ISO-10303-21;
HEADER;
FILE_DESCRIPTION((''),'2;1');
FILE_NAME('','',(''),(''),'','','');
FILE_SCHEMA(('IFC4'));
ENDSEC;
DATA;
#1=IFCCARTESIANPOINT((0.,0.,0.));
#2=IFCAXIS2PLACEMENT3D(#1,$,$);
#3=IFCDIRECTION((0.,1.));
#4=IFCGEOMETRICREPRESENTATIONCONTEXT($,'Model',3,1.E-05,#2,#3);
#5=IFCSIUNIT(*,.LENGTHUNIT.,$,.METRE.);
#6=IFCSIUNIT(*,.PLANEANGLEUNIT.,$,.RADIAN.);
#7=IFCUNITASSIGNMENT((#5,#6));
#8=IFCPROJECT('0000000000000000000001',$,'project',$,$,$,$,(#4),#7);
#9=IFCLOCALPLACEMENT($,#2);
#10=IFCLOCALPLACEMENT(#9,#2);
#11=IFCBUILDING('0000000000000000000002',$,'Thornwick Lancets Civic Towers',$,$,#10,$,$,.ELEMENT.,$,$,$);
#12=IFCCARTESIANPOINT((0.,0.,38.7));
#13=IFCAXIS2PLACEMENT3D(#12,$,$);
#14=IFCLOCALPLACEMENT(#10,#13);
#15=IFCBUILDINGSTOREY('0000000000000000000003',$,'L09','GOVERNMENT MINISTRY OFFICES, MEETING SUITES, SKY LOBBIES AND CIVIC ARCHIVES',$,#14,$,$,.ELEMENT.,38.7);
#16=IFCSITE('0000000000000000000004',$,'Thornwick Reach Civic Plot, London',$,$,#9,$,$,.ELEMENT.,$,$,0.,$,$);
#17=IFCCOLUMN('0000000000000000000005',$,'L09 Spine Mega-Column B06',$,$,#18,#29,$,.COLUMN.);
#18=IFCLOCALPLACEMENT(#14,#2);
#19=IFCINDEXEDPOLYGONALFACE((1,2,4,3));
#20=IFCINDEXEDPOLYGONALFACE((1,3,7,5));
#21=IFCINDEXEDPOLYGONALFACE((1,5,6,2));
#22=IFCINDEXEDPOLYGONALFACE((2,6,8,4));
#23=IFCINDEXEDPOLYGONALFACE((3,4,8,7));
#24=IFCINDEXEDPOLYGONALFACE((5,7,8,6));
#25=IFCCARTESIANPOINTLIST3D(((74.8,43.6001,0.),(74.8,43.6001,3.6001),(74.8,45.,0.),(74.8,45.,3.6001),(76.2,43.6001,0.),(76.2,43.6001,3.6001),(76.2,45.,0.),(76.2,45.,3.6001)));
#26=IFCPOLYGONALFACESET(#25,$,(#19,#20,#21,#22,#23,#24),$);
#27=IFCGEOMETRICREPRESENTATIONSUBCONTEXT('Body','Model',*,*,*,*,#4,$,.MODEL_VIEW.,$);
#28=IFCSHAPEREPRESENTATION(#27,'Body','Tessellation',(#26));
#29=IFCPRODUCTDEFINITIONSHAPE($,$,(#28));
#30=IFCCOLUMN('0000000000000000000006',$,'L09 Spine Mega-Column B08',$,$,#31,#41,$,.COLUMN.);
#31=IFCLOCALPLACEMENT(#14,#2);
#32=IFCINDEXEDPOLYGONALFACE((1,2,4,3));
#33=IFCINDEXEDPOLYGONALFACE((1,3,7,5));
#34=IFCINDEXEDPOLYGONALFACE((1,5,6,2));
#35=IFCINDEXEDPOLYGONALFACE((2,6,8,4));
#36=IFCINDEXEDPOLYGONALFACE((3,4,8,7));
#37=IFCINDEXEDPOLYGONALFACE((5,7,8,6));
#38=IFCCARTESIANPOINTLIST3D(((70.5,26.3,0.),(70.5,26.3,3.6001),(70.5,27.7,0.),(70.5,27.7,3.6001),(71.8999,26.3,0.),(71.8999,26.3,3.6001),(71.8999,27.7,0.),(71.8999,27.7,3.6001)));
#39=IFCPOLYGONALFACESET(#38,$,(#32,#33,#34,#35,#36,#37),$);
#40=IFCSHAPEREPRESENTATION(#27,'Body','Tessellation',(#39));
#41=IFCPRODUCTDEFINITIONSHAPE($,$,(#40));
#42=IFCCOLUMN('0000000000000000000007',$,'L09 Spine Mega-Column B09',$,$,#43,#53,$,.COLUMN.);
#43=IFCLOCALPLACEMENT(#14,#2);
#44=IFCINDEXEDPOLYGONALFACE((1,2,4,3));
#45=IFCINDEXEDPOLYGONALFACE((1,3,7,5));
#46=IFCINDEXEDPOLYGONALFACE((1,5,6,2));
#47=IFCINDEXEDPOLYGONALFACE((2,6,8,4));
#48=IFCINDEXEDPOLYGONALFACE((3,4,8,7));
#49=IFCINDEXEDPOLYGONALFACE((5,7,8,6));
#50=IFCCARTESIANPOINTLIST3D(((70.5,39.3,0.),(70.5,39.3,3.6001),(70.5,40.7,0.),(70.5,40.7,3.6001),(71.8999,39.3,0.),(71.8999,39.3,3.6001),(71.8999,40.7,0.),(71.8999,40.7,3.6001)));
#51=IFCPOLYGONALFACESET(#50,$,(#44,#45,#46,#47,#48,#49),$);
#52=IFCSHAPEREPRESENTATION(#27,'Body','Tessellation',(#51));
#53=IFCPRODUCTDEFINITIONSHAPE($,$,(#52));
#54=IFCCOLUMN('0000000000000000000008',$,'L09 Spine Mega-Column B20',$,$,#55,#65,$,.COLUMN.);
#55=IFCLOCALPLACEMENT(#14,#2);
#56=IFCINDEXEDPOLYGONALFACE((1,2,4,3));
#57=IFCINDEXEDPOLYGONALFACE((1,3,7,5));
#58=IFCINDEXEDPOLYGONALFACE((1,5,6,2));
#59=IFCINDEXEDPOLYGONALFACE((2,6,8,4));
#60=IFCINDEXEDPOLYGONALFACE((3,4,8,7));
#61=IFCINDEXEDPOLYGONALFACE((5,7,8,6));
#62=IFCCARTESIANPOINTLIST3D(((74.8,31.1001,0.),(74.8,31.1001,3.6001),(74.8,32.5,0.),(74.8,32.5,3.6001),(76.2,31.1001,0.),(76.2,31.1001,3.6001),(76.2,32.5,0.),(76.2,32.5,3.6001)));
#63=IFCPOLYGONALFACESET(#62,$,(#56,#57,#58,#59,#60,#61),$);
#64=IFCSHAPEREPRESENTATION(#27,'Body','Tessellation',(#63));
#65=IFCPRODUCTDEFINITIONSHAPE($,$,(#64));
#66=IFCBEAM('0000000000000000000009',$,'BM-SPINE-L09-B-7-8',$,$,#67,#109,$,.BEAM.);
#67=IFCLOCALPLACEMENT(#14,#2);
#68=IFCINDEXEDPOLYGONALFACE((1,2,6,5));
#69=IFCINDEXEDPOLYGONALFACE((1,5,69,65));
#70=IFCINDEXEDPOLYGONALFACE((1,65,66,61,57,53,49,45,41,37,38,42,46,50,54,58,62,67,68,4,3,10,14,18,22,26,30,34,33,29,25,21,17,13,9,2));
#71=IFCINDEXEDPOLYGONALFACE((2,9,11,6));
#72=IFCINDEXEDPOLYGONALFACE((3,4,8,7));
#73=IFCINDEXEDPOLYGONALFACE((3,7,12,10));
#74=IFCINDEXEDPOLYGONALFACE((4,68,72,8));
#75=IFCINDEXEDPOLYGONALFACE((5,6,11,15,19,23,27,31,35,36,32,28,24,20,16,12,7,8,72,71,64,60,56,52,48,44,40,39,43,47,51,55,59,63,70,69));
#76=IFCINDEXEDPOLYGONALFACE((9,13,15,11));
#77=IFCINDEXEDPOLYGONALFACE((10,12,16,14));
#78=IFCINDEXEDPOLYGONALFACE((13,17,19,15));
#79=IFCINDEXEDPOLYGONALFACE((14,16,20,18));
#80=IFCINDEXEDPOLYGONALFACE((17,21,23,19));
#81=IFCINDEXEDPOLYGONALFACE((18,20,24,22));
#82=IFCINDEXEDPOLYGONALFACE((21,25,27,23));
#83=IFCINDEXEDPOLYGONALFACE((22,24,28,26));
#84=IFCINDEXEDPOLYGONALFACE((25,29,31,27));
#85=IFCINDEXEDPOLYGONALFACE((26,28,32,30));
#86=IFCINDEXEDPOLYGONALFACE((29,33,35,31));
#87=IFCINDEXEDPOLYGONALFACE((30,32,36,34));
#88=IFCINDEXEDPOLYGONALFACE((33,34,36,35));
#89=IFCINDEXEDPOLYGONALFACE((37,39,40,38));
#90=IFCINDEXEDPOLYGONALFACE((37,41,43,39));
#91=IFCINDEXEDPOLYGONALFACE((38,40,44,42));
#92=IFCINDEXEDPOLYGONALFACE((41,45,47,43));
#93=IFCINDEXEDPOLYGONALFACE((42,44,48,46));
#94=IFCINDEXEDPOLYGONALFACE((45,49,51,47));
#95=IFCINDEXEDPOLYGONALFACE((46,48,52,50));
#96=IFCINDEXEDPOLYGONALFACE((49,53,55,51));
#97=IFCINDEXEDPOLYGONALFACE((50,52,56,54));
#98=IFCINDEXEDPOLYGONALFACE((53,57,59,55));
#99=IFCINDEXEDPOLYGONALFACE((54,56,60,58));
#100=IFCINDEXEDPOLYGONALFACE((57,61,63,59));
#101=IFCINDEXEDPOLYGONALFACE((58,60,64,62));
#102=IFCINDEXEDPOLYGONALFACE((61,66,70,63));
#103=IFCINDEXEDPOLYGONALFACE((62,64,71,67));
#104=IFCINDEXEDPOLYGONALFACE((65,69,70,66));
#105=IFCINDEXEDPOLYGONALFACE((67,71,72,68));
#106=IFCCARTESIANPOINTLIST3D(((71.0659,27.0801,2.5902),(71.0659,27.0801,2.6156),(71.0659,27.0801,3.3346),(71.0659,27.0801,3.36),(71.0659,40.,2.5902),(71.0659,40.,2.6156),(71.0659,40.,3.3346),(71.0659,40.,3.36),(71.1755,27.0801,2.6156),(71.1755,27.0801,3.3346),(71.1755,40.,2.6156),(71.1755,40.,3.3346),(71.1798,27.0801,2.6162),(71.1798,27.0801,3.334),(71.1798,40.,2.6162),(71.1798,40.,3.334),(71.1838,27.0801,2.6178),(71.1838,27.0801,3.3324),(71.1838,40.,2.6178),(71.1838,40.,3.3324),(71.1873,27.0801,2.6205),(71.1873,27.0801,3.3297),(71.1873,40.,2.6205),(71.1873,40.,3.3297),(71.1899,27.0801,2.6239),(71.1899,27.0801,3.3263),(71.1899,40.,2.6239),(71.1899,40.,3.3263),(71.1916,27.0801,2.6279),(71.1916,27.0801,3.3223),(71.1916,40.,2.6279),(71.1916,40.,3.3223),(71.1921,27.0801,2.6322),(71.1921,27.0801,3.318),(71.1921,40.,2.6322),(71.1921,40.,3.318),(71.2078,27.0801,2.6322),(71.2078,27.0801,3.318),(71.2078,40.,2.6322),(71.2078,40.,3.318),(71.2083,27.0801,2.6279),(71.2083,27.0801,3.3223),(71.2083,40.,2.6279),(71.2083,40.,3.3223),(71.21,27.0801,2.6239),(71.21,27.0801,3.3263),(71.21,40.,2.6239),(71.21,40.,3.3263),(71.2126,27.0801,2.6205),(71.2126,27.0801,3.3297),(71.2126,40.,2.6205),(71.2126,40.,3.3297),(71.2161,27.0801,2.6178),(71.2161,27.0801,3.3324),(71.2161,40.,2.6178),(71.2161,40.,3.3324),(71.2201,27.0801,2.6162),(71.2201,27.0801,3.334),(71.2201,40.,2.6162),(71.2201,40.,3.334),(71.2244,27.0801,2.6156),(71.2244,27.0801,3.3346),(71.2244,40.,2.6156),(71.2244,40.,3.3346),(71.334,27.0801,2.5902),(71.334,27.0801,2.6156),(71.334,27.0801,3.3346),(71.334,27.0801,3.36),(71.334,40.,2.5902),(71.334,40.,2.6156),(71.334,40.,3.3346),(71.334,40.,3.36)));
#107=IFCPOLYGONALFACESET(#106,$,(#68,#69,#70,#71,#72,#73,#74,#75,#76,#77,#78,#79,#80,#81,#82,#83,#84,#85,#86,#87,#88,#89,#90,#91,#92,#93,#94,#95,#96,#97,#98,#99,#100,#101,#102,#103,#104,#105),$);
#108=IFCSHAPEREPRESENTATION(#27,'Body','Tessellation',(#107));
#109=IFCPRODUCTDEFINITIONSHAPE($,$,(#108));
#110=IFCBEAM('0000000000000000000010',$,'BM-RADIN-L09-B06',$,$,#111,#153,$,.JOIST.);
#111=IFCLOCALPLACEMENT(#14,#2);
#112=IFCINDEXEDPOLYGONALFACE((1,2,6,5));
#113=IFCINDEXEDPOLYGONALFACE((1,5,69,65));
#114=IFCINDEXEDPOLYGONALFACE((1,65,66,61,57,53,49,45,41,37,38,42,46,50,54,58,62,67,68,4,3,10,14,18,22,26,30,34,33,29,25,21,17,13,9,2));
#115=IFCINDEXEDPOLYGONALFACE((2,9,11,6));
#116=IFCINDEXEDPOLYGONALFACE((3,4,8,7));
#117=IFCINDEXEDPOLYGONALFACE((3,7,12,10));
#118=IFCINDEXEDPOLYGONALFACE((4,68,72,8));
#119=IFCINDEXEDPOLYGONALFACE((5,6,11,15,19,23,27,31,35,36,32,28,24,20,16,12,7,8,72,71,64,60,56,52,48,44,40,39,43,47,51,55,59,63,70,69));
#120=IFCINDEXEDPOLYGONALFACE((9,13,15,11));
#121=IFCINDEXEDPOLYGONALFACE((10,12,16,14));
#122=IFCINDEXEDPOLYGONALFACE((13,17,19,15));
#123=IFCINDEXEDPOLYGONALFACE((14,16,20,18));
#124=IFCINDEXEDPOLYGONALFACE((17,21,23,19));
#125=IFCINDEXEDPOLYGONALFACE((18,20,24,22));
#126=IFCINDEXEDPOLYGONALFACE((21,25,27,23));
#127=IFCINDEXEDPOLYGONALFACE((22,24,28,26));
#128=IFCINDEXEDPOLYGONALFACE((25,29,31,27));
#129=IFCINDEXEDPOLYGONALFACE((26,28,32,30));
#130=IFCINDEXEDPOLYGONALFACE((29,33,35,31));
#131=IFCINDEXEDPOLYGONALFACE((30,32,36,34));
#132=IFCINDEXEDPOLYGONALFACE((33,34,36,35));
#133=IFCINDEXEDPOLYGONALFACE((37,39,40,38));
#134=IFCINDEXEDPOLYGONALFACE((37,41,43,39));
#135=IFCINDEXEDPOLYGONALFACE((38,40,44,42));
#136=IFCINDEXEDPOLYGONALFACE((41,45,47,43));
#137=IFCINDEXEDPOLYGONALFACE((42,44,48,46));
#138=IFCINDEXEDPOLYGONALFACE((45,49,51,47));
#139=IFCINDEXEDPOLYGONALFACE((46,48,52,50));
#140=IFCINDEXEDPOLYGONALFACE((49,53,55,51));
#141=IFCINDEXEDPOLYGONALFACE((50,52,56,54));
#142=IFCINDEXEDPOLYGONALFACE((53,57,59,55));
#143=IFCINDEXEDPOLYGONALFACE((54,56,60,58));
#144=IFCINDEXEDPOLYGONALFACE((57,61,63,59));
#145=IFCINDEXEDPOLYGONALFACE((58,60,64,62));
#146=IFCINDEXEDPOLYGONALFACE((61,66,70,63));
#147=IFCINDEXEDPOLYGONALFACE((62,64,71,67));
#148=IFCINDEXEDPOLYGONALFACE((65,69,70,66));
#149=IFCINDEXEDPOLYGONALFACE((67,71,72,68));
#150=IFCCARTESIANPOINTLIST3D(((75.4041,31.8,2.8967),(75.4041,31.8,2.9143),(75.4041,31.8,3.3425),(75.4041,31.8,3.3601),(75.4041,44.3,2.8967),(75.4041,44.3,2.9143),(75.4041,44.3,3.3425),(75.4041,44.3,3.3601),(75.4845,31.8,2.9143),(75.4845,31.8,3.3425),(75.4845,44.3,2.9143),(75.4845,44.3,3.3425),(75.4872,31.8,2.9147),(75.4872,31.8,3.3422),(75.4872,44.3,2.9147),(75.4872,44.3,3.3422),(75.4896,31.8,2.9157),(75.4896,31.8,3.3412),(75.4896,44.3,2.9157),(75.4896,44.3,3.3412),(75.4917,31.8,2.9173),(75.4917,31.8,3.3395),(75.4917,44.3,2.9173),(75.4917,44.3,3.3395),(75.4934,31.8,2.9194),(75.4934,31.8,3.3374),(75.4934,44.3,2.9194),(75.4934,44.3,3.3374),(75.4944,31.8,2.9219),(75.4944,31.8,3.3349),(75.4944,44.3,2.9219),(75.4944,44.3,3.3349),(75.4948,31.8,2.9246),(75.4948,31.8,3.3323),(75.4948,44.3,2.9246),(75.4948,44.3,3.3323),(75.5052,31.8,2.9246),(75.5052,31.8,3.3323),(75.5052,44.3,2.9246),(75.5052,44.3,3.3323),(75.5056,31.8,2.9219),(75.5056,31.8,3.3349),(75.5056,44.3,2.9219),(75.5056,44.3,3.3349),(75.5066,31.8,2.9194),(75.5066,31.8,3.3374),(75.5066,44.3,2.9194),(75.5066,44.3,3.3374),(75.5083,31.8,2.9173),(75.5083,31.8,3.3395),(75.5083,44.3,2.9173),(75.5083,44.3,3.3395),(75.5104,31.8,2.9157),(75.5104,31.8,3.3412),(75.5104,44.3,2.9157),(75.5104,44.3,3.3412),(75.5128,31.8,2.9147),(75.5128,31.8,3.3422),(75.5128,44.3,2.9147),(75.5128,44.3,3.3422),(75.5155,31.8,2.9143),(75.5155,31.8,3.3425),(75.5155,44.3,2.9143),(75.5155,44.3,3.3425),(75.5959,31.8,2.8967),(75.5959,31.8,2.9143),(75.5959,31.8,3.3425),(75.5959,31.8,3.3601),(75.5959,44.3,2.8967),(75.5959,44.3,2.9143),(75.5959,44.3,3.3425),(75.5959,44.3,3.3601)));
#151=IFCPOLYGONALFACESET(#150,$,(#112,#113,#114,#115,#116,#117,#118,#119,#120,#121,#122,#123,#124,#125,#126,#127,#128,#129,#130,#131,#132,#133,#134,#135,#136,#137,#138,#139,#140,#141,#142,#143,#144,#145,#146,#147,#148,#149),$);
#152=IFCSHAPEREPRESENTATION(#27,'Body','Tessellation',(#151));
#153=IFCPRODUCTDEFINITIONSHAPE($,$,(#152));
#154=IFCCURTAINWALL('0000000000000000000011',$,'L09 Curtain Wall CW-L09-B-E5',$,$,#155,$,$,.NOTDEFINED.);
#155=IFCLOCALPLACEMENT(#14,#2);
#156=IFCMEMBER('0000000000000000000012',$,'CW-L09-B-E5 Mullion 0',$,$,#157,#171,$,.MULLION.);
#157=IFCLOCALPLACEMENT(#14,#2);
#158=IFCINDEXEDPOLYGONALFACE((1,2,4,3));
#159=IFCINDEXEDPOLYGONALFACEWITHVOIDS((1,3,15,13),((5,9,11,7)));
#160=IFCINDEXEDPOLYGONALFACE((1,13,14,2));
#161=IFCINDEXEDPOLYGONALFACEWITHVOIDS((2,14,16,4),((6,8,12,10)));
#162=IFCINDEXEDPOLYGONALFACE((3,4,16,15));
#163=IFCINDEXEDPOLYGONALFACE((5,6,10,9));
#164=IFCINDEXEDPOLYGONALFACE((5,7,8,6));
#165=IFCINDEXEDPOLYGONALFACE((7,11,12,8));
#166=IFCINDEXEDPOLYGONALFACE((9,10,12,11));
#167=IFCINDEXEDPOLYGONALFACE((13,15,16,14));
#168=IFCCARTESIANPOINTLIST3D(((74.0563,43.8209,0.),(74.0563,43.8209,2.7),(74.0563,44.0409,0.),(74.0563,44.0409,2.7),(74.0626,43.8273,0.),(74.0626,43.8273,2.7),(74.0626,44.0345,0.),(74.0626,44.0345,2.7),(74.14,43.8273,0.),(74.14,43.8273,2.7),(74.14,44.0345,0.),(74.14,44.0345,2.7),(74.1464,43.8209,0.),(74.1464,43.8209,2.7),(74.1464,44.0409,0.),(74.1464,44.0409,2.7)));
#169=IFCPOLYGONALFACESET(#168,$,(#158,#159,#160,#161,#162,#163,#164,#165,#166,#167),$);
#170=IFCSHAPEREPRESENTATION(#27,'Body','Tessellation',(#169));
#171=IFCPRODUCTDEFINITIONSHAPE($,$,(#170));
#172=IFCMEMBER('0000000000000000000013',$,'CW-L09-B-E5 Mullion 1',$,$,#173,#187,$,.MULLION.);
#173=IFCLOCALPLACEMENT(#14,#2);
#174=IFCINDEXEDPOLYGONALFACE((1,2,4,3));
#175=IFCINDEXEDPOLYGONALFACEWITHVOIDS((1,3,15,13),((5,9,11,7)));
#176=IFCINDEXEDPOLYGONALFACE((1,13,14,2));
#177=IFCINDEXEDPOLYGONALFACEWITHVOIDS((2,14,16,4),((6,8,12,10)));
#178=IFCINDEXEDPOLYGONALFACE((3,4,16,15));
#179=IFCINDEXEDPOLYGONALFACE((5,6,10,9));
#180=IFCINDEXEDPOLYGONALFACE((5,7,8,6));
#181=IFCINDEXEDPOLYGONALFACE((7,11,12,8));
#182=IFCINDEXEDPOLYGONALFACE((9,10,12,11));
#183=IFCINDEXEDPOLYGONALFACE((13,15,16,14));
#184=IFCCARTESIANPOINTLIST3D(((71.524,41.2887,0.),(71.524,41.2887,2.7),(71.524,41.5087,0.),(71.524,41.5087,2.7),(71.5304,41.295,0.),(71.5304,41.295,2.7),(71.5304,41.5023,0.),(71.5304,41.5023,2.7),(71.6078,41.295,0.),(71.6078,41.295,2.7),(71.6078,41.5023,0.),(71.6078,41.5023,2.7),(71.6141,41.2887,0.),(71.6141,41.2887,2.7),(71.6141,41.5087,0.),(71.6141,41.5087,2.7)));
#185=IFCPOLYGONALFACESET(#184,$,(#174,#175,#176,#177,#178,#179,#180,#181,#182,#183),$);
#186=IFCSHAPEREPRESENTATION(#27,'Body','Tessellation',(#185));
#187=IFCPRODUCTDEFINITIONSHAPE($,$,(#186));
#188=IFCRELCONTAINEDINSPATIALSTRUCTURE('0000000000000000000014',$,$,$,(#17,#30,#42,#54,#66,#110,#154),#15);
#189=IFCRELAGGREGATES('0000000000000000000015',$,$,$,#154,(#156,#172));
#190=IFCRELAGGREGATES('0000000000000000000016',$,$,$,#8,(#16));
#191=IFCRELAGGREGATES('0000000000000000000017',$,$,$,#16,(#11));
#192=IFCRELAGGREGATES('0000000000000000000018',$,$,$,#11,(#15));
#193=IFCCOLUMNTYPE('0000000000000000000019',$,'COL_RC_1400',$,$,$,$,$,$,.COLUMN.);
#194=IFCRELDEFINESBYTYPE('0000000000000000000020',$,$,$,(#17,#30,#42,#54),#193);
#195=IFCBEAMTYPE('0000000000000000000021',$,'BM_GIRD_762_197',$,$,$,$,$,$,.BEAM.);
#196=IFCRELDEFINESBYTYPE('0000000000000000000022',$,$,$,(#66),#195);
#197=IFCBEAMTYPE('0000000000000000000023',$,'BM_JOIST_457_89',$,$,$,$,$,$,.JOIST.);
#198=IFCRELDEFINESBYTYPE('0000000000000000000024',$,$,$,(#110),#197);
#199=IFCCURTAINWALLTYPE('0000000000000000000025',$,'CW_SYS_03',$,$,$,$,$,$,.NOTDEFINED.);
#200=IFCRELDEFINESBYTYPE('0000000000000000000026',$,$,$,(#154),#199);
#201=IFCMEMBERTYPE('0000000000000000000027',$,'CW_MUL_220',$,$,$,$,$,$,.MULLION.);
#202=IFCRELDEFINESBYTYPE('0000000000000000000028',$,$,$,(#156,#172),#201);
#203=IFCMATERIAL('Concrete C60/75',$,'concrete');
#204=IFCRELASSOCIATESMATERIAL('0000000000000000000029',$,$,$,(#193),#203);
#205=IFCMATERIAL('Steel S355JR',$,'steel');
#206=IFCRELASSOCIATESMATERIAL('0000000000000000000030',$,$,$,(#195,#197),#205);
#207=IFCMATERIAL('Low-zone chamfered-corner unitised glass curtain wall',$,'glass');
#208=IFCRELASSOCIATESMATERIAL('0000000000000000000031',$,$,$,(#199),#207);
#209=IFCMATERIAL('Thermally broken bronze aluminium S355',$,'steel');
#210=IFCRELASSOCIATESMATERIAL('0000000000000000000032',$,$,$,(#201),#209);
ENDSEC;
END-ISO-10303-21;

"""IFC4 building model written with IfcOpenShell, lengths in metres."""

from ifc_helpers import new_model, si_unit, direction, frame, origin, origin_2d, place, context, subcontext, project, spatial, rectangle, hollow_rectangle, i_section, extrude, material, material_profile, profile_set, type_object, element, aggregate, save


model = new_model("IFC4")

# Units and contexts
model_context = context("Model", 3, precision=1e-05, world=origin(), true_north=direction((0.0, 1.0)))
body_context = subcontext(model_context, "Body", "Model", "MODEL_VIEW")
ifc_project = project(units=[si_unit("LENGTHUNIT", "METRE"), si_unit("PLANEANGLEUNIT", "RADIAN")], contexts=[model_context])

# Site, building, storey
site_placement = place(None, origin())
site = spatial("IfcSite", under=ifc_project, at=site_placement, Name="Thornwick Reach Civic Plot, London", CompositionType="ELEMENT", RefElevation=0.0)
building_placement = place(site_placement, origin())
building = spatial("IfcBuilding", under=site, at=building_placement, Name="Thornwick Lancets Civic Towers", CompositionType="ELEMENT")
storey_placement = place(building_placement, frame((0.0, 0.0, 38.7)))
storey = spatial("IfcBuildingStorey", under=building, at=storey_placement, Name="L09", Description="GOVERNMENT MINISTRY OFFICES, MEETING SUITES, SKY LOBBIES AND CIVIC ARCHIVES", CompositionType="ELEMENT", Elevation=38.7)

# Columns
ifc_material_1 = material(Name="Concrete C60/75", Category="concrete")
ifc_material_profile_1 = material_profile(ifc_material_1, rectangle(XDim=1.3999, YDim=1.3999, at=origin_2d()), Name="RC 1400x1400")
ifc_profile_set_1 = profile_set([ifc_material_profile_1], Name="Concrete C60/75")
column_type = type_object("IfcColumnType", Name="COL_RC_1400", PredefinedType="COLUMN", material=ifc_profile_set_1)
for number, where, z_axis, x_axis, name in (
    (1, (75.5, 44.3, 0.0), (0.0, 0.0, 1.0), (1.0, 0.0, 0.0), "L09 Spine Mega-Column B06"),
    (2, (71.2, 27.0, 0.0), (0.0, 0.0, 1.0), (1.0, 0.0, 0.0), "L09 Spine Mega-Column B08"),
    (3, (71.2, 40.0, 0.0), (0.0, 0.0, 1.0), (1.0, 0.0, 0.0), "L09 Spine Mega-Column B09"),
    (4, (75.5, 31.8, 0.0), (0.0, 0.0, 1.0), (1.0, 0.0, 0.0), "L09 Spine Mega-Column B20"),
):
    element("IfcColumn", number, at=place(storey_placement, frame(where, z_axis=z_axis, x_axis=x_axis)), inside=storey, type_object=column_type, Name=name, PredefinedType="COLUMN", context=body_context, shape_type="SweptSolid", body=[
        extrude(rectangle(XDim=1.3999, YDim=1.3999, at=origin_2d()), origin(), (0.0, 0.0, 1.0), 3.6001),
    ])

# Beams
ifc_material_2 = material(Name="Steel S355JR", Category="steel")
ifc_material_profile_2 = material_profile(ifc_material_2, i_section(OverallWidth=0.2681, OverallDepth=0.7698, WebThickness=0.0156, FlangeThickness=0.0254, FilletRadius=0.0166, at=origin_2d()), Name="UKB 762x267x197")
ifc_profile_set_2 = profile_set([ifc_material_profile_2], Name="Steel S355JR")
beam_type_1 = type_object("IfcBeamType", Name="BM_GIRD_762_197", PredefinedType="BEAM", material=ifc_profile_set_2)
beam_1_placement = place(storey_placement, frame((71.2, 27.0801, 2.9751), z_axis=(0.0, 1.0, 0.0), x_axis=(-1.0, 0.0, 0.0)))
element("IfcBeam", 5, at=beam_1_placement, inside=storey, type_object=beam_type_1, Name="BM-SPINE-L09-B-7-8", PredefinedType="BEAM", context=body_context, shape_type="SweptSolid", body=[
    extrude(i_section(OverallWidth=0.2681, OverallDepth=0.7698, WebThickness=0.0156, FlangeThickness=0.0254, FilletRadius=0.0166, at=origin_2d()), origin(), (0.0, 0.0, 1.0), 12.9199),
])
ifc_material_profile_3 = material_profile(ifc_material_2, i_section(OverallWidth=0.1919, OverallDepth=0.4634, WebThickness=0.0105, FlangeThickness=0.0176, FilletRadius=0.0103, at=origin_2d()), Name="UKB 457x191x89")
ifc_profile_set_3 = profile_set([ifc_material_profile_3], Name="Steel S355JR")
beam_type_2 = type_object("IfcBeamType", Name="BM_JOIST_457_89", PredefinedType="JOIST", material=ifc_profile_set_3)
beam_2_placement = place(storey_placement, frame((75.5, 31.8, 3.1284), z_axis=(0.0, 1.0, 0.0), x_axis=(-1.0, 0.0, 0.0)))
element("IfcBeam", 6, at=beam_2_placement, inside=storey, type_object=beam_type_2, Name="BM-RADIN-L09-B06", PredefinedType="JOIST", context=body_context, shape_type="SweptSolid", body=[
    extrude(i_section(OverallWidth=0.1919, OverallDepth=0.4634, WebThickness=0.0105, FlangeThickness=0.0176, FilletRadius=0.0103, at=origin_2d()), origin(), (0.0, 0.0, 1.0), 12.5),
])

# Curtain wall, members
ifc_material_3 = material(Name="Low-zone chamfered-corner unitised glass curtain wall", Category="glass")
curtain_wall_type = type_object("IfcCurtainWallType", Name="CW_SYS_03", PredefinedType="NOTDEFINED", material=ifc_material_3)
curtain_wall_placement = place(storey_placement, origin())
curtain_wall = element("IfcCurtainWall", 7, at=curtain_wall_placement, inside=storey, type_object=curtain_wall_type, Name="L09 Curtain Wall CW-L09-B-E5", PredefinedType="NOTDEFINED")
ifc_material_4 = material(Name="Thermally broken bronze aluminium S355", Category="steel")
ifc_material_profile_4 = material_profile(ifc_material_4, hollow_rectangle(XDim=0.0901, YDim=0.22, WallThickness=0.0063, at=origin_2d()), Name="RHS 220x90x6.3")
ifc_profile_set_4 = profile_set([ifc_material_profile_4], Name="Thermally broken bronze aluminium S355")
member_type_1 = type_object("IfcMemberType", Name="CW_MUL_220", PredefinedType="MULLION", material=ifc_profile_set_4)
member_1_placement = place(storey_placement, frame((74.1013, 43.9309, 0.0), z_axis=(0.0, 0.0, 1.0), x_axis=(1.0, 0.0, 0.0)))
member_1 = element("IfcMember", 8, at=member_1_placement, type_object=member_type_1, Name="CW-L09-B-E5 Mullion 0", PredefinedType="MULLION", context=body_context, shape_type="SweptSolid", body=[
    extrude(hollow_rectangle(XDim=0.0901, YDim=0.22, WallThickness=0.0063, at=origin_2d()), origin(), (0.0, 0.0, 1.0), 2.7),
])
member_2_placement = place(storey_placement, frame((71.5691, 41.3987, 0.0), z_axis=(0.0, 0.0, 1.0), x_axis=(1.0, 0.0, 0.0)))
member_2 = element("IfcMember", 9, at=member_2_placement, type_object=member_type_1, Name="CW-L09-B-E5 Mullion 1", PredefinedType="MULLION", context=body_context, shape_type="SweptSolid", body=[
    extrude(hollow_rectangle(XDim=0.0901, YDim=0.22, WallThickness=0.0063, at=origin_2d()), origin(), (0.0, 0.0, 1.0), 2.7),
])
aggregate(curtain_wall, [member_1, member_2])

save(model, "model.ifc")
